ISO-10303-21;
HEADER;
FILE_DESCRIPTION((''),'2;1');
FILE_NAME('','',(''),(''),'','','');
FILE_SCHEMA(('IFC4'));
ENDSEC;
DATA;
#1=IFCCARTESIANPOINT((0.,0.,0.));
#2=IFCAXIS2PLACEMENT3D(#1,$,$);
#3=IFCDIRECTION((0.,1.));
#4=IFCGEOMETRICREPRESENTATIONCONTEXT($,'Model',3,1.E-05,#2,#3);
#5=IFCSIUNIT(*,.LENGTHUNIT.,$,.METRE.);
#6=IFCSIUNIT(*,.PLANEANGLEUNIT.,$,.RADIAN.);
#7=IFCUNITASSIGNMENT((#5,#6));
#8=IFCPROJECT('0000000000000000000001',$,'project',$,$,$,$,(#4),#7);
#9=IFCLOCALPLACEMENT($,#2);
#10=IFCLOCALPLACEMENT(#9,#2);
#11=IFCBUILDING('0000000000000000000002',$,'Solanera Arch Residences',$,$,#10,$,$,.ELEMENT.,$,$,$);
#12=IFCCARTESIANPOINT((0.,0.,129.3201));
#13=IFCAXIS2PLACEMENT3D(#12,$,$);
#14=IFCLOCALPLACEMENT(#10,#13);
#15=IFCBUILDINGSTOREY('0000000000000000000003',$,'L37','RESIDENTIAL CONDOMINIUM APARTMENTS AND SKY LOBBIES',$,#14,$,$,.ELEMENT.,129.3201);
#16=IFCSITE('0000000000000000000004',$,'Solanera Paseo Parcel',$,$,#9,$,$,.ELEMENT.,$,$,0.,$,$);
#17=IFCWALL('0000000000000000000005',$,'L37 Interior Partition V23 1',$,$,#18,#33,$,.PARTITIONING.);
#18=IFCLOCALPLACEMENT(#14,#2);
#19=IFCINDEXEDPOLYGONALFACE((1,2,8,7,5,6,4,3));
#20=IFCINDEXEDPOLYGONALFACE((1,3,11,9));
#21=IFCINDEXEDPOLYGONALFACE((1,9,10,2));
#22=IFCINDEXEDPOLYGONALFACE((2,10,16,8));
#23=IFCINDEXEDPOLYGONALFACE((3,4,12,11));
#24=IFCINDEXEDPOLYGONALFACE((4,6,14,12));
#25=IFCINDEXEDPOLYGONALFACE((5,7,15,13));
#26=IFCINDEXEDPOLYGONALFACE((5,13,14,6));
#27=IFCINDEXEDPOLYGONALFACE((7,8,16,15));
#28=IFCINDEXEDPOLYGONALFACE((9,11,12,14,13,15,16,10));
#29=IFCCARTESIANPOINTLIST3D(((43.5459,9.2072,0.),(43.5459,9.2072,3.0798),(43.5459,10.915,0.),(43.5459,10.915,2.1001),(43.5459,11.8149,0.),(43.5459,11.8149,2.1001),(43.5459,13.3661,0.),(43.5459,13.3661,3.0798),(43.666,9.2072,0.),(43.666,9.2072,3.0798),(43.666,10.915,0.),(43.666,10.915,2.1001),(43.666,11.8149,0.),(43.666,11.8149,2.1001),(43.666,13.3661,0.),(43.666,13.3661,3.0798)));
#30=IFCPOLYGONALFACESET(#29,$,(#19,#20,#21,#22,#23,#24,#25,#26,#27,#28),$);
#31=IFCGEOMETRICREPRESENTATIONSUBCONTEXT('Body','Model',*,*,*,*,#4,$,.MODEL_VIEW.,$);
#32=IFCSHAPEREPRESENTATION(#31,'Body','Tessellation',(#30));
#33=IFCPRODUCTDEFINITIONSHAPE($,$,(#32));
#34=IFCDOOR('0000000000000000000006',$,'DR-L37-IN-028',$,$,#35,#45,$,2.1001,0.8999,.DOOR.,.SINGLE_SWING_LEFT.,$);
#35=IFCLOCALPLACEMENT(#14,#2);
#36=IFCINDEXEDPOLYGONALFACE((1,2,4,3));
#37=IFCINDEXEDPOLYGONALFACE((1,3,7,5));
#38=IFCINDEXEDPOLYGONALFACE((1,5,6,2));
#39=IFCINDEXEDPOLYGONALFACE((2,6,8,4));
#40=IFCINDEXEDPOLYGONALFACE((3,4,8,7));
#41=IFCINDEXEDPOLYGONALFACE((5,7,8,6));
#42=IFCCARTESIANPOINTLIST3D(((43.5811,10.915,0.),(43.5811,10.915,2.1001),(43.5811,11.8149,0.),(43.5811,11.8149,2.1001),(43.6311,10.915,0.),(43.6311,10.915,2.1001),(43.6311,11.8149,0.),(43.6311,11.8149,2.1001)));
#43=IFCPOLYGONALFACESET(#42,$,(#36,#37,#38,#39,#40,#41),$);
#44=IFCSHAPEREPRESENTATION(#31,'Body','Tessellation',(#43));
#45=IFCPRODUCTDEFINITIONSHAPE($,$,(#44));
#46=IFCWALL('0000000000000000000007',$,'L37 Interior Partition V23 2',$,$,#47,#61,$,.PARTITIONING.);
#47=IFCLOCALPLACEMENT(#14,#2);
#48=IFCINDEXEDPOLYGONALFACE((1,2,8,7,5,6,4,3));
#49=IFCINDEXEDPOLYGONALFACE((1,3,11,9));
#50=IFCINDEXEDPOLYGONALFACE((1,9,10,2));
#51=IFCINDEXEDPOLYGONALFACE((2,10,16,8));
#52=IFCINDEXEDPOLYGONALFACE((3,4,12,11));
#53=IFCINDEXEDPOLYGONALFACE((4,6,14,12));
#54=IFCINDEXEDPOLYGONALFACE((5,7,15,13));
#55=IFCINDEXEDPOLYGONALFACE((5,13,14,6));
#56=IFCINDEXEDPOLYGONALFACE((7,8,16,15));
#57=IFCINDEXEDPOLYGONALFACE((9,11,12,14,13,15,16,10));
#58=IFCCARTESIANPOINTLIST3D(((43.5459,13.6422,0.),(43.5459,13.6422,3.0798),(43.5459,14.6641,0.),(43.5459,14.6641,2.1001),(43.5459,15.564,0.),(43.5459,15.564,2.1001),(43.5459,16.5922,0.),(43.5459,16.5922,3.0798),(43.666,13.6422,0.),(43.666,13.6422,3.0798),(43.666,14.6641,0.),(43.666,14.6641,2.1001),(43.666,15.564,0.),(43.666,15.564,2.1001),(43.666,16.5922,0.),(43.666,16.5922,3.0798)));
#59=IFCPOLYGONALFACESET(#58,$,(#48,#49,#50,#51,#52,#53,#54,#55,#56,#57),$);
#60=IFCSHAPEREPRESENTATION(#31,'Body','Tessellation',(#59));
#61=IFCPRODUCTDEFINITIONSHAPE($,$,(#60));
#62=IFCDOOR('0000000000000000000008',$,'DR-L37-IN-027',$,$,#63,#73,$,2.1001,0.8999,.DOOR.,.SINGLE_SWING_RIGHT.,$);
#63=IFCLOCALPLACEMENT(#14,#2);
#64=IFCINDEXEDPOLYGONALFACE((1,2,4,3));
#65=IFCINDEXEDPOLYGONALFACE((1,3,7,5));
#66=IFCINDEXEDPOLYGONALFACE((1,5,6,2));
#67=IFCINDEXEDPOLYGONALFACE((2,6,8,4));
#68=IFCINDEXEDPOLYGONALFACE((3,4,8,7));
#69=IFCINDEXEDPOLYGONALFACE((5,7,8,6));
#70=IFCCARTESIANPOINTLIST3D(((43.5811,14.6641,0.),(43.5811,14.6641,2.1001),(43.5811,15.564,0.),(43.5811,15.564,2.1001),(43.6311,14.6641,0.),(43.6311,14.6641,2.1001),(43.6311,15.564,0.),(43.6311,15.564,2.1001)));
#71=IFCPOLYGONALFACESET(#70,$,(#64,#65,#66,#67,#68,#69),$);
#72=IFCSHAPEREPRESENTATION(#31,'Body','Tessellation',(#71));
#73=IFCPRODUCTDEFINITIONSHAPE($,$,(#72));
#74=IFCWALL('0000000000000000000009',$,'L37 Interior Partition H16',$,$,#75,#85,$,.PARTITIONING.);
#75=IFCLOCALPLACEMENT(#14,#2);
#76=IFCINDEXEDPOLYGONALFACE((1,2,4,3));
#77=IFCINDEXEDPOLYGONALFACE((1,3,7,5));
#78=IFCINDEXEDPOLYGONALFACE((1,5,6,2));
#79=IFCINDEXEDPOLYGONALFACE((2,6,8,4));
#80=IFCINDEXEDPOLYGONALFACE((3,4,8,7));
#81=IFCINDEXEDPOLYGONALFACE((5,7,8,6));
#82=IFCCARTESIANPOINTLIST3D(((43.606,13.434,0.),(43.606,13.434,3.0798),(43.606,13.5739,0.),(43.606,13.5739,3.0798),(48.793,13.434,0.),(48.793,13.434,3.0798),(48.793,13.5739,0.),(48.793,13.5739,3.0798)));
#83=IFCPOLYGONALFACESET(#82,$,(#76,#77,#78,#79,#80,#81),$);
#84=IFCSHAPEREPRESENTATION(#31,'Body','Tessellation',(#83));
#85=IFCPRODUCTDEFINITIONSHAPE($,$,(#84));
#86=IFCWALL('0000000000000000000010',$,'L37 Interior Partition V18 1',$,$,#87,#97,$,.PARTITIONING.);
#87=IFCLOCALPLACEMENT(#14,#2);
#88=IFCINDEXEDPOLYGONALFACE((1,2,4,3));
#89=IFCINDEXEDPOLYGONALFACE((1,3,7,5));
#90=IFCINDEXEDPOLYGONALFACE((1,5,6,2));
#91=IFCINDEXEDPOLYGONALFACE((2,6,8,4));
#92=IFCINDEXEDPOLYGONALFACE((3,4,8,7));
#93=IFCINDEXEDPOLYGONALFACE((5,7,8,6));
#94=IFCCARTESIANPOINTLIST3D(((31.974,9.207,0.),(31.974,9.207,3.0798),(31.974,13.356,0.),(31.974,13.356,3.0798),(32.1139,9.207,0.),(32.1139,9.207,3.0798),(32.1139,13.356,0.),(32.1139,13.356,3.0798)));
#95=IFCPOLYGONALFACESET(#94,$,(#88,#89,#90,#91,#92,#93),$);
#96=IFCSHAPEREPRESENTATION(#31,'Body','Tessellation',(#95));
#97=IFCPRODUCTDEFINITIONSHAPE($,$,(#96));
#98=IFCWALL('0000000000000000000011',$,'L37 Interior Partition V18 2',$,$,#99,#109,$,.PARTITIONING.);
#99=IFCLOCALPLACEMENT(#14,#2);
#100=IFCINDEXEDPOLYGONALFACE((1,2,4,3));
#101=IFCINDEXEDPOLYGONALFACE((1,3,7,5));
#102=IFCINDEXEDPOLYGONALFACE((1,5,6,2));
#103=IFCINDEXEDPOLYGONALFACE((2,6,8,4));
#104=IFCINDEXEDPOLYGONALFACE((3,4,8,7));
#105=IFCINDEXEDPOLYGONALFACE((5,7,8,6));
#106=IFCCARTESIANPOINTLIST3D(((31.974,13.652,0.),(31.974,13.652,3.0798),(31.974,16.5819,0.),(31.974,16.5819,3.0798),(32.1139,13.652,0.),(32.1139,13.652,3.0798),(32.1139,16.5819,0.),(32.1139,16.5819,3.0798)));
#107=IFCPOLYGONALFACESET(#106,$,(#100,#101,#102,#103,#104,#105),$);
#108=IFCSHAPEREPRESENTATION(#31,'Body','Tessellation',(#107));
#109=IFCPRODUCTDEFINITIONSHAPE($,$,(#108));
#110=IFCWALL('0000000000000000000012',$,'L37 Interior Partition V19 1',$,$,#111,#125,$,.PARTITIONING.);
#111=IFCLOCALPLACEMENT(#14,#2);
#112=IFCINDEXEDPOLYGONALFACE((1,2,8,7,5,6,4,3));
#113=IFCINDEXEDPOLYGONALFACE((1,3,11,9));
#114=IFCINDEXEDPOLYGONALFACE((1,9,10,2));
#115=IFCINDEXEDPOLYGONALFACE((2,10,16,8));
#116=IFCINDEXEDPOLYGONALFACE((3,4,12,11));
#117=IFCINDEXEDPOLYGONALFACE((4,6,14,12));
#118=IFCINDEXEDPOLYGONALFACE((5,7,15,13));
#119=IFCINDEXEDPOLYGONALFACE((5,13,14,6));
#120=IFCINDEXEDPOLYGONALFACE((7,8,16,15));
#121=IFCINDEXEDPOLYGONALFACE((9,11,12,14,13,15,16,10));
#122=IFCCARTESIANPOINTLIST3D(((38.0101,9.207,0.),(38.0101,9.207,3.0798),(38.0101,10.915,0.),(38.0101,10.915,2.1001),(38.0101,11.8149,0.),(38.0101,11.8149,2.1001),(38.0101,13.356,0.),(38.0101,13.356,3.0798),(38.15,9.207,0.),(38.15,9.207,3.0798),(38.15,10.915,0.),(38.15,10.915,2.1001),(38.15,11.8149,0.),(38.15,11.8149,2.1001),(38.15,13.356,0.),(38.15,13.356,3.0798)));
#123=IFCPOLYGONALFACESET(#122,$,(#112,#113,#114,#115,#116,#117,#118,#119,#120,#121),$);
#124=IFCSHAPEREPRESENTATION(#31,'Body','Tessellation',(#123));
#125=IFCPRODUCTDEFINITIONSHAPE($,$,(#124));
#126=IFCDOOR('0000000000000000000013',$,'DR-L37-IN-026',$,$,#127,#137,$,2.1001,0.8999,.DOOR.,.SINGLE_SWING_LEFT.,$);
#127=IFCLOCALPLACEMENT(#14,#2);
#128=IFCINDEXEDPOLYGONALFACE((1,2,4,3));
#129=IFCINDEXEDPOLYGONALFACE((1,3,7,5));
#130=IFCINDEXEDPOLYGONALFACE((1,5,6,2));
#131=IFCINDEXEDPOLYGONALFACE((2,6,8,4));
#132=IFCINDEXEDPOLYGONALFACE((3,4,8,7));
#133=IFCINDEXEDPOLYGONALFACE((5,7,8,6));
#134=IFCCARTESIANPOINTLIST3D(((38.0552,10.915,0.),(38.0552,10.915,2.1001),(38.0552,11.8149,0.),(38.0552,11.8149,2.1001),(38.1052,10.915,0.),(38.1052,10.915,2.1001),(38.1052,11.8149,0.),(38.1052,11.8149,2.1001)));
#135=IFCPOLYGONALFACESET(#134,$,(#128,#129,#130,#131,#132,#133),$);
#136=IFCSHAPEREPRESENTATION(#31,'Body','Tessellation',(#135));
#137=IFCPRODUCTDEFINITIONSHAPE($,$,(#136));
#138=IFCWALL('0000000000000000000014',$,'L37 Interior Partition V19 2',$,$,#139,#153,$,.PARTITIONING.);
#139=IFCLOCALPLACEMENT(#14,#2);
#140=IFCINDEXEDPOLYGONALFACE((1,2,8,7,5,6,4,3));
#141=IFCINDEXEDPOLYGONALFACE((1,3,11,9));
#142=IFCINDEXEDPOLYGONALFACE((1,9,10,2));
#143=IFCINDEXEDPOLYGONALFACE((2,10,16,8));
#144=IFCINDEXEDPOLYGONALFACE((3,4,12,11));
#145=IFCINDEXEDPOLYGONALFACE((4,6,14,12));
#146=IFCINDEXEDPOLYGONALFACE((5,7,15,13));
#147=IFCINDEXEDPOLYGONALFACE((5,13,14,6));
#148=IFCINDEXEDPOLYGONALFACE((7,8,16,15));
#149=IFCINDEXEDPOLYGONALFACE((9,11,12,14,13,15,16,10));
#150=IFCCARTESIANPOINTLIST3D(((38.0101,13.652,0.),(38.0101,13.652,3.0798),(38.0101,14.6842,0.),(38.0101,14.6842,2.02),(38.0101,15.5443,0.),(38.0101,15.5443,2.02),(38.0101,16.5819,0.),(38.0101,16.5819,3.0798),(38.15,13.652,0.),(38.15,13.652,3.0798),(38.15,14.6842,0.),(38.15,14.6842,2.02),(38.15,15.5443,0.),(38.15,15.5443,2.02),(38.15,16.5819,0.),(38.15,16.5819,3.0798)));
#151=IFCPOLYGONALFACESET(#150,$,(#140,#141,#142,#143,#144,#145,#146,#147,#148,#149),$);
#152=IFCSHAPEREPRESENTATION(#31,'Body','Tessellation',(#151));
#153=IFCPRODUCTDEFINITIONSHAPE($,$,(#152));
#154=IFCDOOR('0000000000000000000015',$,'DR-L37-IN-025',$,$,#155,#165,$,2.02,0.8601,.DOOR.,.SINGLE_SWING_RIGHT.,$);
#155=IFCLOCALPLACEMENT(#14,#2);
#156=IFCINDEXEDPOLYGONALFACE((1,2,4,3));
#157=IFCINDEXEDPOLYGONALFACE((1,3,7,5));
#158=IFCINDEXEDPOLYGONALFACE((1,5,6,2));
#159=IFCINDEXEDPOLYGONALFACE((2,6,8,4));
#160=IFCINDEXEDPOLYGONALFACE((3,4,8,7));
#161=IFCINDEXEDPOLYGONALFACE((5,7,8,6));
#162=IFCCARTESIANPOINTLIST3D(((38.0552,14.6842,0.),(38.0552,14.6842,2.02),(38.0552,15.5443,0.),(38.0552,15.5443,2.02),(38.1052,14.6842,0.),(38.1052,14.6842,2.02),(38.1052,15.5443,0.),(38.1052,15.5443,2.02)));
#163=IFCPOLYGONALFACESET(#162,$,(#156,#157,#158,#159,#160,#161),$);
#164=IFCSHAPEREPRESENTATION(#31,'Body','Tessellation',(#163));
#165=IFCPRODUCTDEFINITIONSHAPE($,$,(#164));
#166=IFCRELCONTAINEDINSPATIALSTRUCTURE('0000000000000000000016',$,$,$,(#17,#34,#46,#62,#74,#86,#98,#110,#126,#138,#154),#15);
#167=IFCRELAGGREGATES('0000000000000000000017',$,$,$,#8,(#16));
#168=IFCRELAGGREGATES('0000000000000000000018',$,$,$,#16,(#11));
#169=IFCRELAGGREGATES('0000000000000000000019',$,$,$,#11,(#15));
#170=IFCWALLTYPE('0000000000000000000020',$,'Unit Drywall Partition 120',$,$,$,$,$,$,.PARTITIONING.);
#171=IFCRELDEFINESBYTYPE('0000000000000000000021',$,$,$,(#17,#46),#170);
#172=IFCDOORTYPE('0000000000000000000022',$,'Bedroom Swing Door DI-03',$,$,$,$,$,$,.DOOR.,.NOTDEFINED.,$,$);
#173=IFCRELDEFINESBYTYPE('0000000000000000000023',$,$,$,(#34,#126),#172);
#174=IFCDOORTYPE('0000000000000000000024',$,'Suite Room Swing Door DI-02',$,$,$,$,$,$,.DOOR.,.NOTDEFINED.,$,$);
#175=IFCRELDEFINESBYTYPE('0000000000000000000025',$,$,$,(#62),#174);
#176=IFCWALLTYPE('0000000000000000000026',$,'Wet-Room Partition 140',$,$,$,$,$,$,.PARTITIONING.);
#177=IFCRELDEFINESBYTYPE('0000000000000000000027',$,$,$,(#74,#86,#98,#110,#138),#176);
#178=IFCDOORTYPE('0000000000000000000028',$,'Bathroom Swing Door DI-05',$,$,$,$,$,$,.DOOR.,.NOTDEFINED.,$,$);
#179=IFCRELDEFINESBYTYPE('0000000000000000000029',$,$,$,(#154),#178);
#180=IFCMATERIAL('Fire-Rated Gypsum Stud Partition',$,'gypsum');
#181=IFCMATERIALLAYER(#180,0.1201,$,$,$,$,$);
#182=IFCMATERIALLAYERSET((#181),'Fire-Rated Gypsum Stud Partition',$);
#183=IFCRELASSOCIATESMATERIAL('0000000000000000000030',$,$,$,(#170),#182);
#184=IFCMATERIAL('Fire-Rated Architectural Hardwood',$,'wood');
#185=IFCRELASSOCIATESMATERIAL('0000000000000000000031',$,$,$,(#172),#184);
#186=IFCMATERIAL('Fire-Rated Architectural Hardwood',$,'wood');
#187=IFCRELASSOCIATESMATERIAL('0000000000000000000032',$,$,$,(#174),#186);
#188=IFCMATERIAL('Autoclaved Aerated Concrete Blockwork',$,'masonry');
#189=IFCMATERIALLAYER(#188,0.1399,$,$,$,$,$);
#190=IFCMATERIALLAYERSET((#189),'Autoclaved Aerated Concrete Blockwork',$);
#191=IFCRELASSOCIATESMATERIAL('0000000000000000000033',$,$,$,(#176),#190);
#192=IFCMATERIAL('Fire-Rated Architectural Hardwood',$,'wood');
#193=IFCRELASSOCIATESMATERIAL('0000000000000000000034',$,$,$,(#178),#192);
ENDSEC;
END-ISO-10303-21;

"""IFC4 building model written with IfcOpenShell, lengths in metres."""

from ifc_helpers import new_model, si_unit, direction, frame, frame_2d, origin, place, context, subcontext, project, spatial, rectangle, extrude, material, layer, layer_set, type_object, element, fill, save


model = new_model("IFC4")

# Units and contexts
model_context = context("Model", 3, precision=1e-05, world=origin(), true_north=direction((0.0, 1.0)))
body_context = subcontext(model_context, "Body", "Model", "MODEL_VIEW")
ifc_project = project(units=[si_unit("LENGTHUNIT", "METRE"), si_unit("PLANEANGLEUNIT", "RADIAN")], contexts=[model_context])

# Site, building, storey
site_placement = place(None, origin())
site = spatial("IfcSite", under=ifc_project, at=site_placement, Name="Solanera Paseo Parcel", CompositionType="ELEMENT", RefElevation=0.0)
building_placement = place(site_placement, origin())
building = spatial("IfcBuilding", under=site, at=building_placement, Name="Solanera Arch Residences", CompositionType="ELEMENT")
storey_placement = place(building_placement, frame((0.0, 0.0, 129.3201)))
storey = spatial("IfcBuildingStorey", under=building, at=storey_placement, Name="L37", Description="RESIDENTIAL CONDOMINIUM APARTMENTS AND SKY LOBBIES", CompositionType="ELEMENT", Elevation=129.3201)

# Shared definitions
ifc_material_1 = material(Name="Fire-Rated Gypsum Stud Partition", Category="gypsum")
ifc_layer_1 = layer(ifc_material_1, 0.1201)
ifc_layer_set_1 = layer_set([ifc_layer_1], Name="Fire-Rated Gypsum Stud Partition")
wall_type_1 = type_object("IfcWallType", Name="Unit Drywall Partition 120", PredefinedType="PARTITIONING", material=ifc_layer_set_1)

# Walls, openings, doors
wall_1_placement = place(storey_placement, frame((43.606, 9.207, 0.0), z_axis=(0.0, 0.0, 1.0), x_axis=(0.0, 1.0, 0.0)))
wall_1 = element("IfcWall", 1, at=wall_1_placement, inside=storey, type_object=wall_type_1, Name="L37 Interior Partition V23 1", PredefinedType="PARTITIONING", context=body_context, shape_type="SweptSolid", body=[
    extrude(rectangle(XDim=4.1589, YDim=0.1201, at=frame_2d((2.0796, 0.0))), origin(), (0.0, 0.0, 1.0), 3.0798),
])
opening_1_placement = place(wall_1_placement, frame((1.708, 0.0, 0.0)))
opening_1 = element("IfcOpeningElement", 2, at=opening_1_placement, cuts=wall_1, PredefinedType="OPENING", context=body_context, shape_type="SweptSolid", body=[
    extrude(rectangle(XDim=0.8999, YDim=2.1001, at=frame_2d((0.45, 1.05))), frame((0.0, 0.0701, 0.0), z_axis=(0.0, -1.0, 0.0), x_axis=(1.0, 0.0, 0.0)), (0.0, 0.0, 1.0), 0.1401),
])
ifc_material_2 = material(Name="Fire-Rated Architectural Hardwood", Category="wood")
door_type_1 = type_object("IfcDoorType", Name="Bedroom Swing Door DI-03", OperationType="NOTDEFINED", PredefinedType="DOOR", material=ifc_material_2)
door_1_placement = place(opening_1_placement, origin())
door_1 = element("IfcDoor", 3, at=door_1_placement, inside=storey, type_object=door_type_1, Name="DR-L37-IN-028", OperationType="SINGLE_SWING_LEFT", OverallHeight=2.1001, OverallWidth=0.8999, PredefinedType="DOOR", context=body_context, shape_type="SweptSolid", body=[
    extrude(rectangle(XDim=0.8999, YDim=2.1001, at=frame_2d((0.45, 1.05))), frame((0.0, 0.0249, 0.0), z_axis=(0.0, -1.0, 0.0), x_axis=(1.0, 0.0, 0.0)), (0.0, 0.0, 1.0), 0.05),
])
fill(opening_1, door_1)
wall_2_placement = place(storey_placement, frame((43.606, 13.6421, 0.0), z_axis=(0.0, 0.0, 1.0), x_axis=(0.0, 1.0, 0.0)))
wall_2 = element("IfcWall", 4, at=wall_2_placement, inside=storey, type_object=wall_type_1, Name="L37 Interior Partition V23 2", PredefinedType="PARTITIONING", context=body_context, shape_type="SweptSolid", body=[
    extrude(rectangle(XDim=2.95, YDim=0.1201, at=frame_2d((1.4751, 0.0))), origin(), (0.0, 0.0, 1.0), 3.0798),
])
opening_2_placement = place(wall_2_placement, frame((1.022, 0.0, 0.0)))
opening_2 = element("IfcOpeningElement", 5, at=opening_2_placement, cuts=wall_2, PredefinedType="OPENING", context=body_context, shape_type="SweptSolid", body=[
    extrude(rectangle(XDim=0.8999, YDim=2.1001, at=frame_2d((0.45, 1.05))), frame((0.0, 0.0701, 0.0), z_axis=(0.0, -1.0, 0.0), x_axis=(1.0, 0.0, 0.0)), (0.0, 0.0, 1.0), 0.1401),
])
ifc_material_3 = material(Name="Fire-Rated Architectural Hardwood", Category="wood")
door_type_2 = type_object("IfcDoorType", Name="Suite Room Swing Door DI-02", OperationType="NOTDEFINED", PredefinedType="DOOR", material=ifc_material_3)
door_2_placement = place(opening_2_placement, origin())
door_2 = element("IfcDoor", 6, at=door_2_placement, inside=storey, type_object=door_type_2, Name="DR-L37-IN-027", OperationType="SINGLE_SWING_RIGHT", OverallHeight=2.1001, OverallWidth=0.8999, PredefinedType="DOOR", context=body_context, shape_type="SweptSolid", body=[
    extrude(rectangle(XDim=0.8999, YDim=2.1001, at=frame_2d((0.45, 1.05))), frame((0.0, 0.0249, 0.0), z_axis=(0.0, -1.0, 0.0), x_axis=(1.0, 0.0, 0.0)), (0.0, 0.0, 1.0), 0.05),
])
fill(opening_2, door_2)

# Walls
ifc_material_4 = material(Name="Autoclaved Aerated Concrete Blockwork", Category="masonry")
ifc_layer_2 = layer(ifc_material_4, 0.1399)
ifc_layer_set_2 = layer_set([ifc_layer_2], Name="Autoclaved Aerated Concrete Blockwork")
wall_type_2 = type_object("IfcWallType", Name="Wet-Room Partition 140", PredefinedType="PARTITIONING", material=ifc_layer_set_2)
wall_3_placement = place(storey_placement, frame((43.606, 13.5039, 0.0), z_axis=(0.0, 0.0, 1.0), x_axis=(1.0, 0.0, 0.0)))
element("IfcWall", 7, at=wall_3_placement, inside=storey, type_object=wall_type_2, Name="L37 Interior Partition H16", PredefinedType="PARTITIONING", context=body_context, shape_type="SweptSolid", body=[
    extrude(rectangle(XDim=5.187, YDim=0.1399, at=frame_2d((2.5935, 0.0))), origin(), (0.0, 0.0, 1.0), 3.0798),
])
wall_4_placement = place(storey_placement, frame((32.0439, 9.207, 0.0), z_axis=(0.0, 0.0, 1.0), x_axis=(0.0, 1.0, 0.0)))
element("IfcWall", 8, at=wall_4_placement, inside=storey, type_object=wall_type_2, Name="L37 Interior Partition V18 1", PredefinedType="PARTITIONING", context=body_context, shape_type="SweptSolid", body=[
    extrude(rectangle(XDim=4.1489, YDim=0.1399, at=frame_2d((2.0745, 0.0))), origin(), (0.0, 0.0, 1.0), 3.0798),
])
wall_5_placement = place(storey_placement, frame((32.0439, 13.6521, 0.0), z_axis=(0.0, 0.0, 1.0), x_axis=(0.0, 1.0, 0.0)))
element("IfcWall", 9, at=wall_5_placement, inside=storey, type_object=wall_type_2, Name="L37 Interior Partition V18 2", PredefinedType="PARTITIONING", context=body_context, shape_type="SweptSolid", body=[
    extrude(rectangle(XDim=2.9299, YDim=0.1399, at=frame_2d((1.4648, 0.0))), origin(), (0.0, 0.0, 1.0), 3.0798),
])

# Walls, openings, doors
wall_6_placement = place(storey_placement, frame((38.0801, 9.207, 0.0), z_axis=(0.0, 0.0, 1.0), x_axis=(0.0, 1.0, 0.0)))
wall_6 = element("IfcWall", 10, at=wall_6_placement, inside=storey, type_object=wall_type_2, Name="L37 Interior Partition V19 1", PredefinedType="PARTITIONING", context=body_context, shape_type="SweptSolid", body=[
    extrude(rectangle(XDim=4.1489, YDim=0.1399, at=frame_2d((2.0745, 0.0))), origin(), (0.0, 0.0, 1.0), 3.0798),
])
opening_3_placement = place(wall_6_placement, frame((1.708, 0.0, 0.0)))
opening_3 = element("IfcOpeningElement", 11, at=opening_3_placement, cuts=wall_6, PredefinedType="OPENING", context=body_context, shape_type="SweptSolid", body=[
    extrude(rectangle(XDim=0.8999, YDim=2.1001, at=frame_2d((0.45, 1.05))), frame((0.0, 0.0798, 0.0), z_axis=(0.0, -1.0, 0.0), x_axis=(1.0, 0.0, 0.0)), (0.0, 0.0, 1.0), 0.1599),
])
door_3_placement = place(opening_3_placement, origin())
door_3 = element("IfcDoor", 12, at=door_3_placement, inside=storey, type_object=door_type_1, Name="DR-L37-IN-026", OperationType="SINGLE_SWING_LEFT", OverallHeight=2.1001, OverallWidth=0.8999, PredefinedType="DOOR", context=body_context, shape_type="SweptSolid", body=[
    extrude(rectangle(XDim=0.8999, YDim=2.1001, at=frame_2d((0.45, 1.05))), frame((0.0, 0.0249, 0.0), z_axis=(0.0, -1.0, 0.0), x_axis=(1.0, 0.0, 0.0)), (0.0, 0.0, 1.0), 0.05),
])
fill(opening_3, door_3)
wall_7_placement = place(storey_placement, frame((38.0801, 13.6521, 0.0), z_axis=(0.0, 0.0, 1.0), x_axis=(0.0, 1.0, 0.0)))
wall_7 = element("IfcWall", 13, at=wall_7_placement, inside=storey, type_object=wall_type_2, Name="L37 Interior Partition V19 2", PredefinedType="PARTITIONING", context=body_context, shape_type="SweptSolid", body=[
    extrude(rectangle(XDim=2.9299, YDim=0.1399, at=frame_2d((1.4648, 0.0))), origin(), (0.0, 0.0, 1.0), 3.0798),
])
opening_4_placement = place(wall_7_placement, frame((1.032, 0.0, 0.0)))
opening_4 = element("IfcOpeningElement", 14, at=opening_4_placement, cuts=wall_7, PredefinedType="OPENING", context=body_context, shape_type="SweptSolid", body=[
    extrude(rectangle(XDim=0.8601, YDim=2.02, at=frame_2d((0.4302, 1.01))), frame((0.0, 0.0798, 0.0), z_axis=(0.0, -1.0, 0.0), x_axis=(1.0, 0.0, 0.0)), (0.0, 0.0, 1.0), 0.1599),
])
ifc_material_5 = material(Name="Fire-Rated Architectural Hardwood", Category="wood")
door_type_3 = type_object("IfcDoorType", Name="Bathroom Swing Door DI-05", OperationType="NOTDEFINED", PredefinedType="DOOR", material=ifc_material_5)
door_4_placement = place(opening_4_placement, origin())
door_4 = element("IfcDoor", 15, at=door_4_placement, inside=storey, type_object=door_type_3, Name="DR-L37-IN-025", OperationType="SINGLE_SWING_RIGHT", OverallHeight=2.02, OverallWidth=0.8601, PredefinedType="DOOR", context=body_context, shape_type="SweptSolid", body=[
    extrude(rectangle(XDim=0.8601, YDim=2.02, at=frame_2d((0.4302, 1.01))), frame((0.0, 0.0249, 0.0), z_axis=(0.0, -1.0, 0.0), x_axis=(1.0, 0.0, 0.0)), (0.0, 0.0, 1.0), 0.05),
])
fill(opening_4, door_4)

save(model, "model.ifc")
